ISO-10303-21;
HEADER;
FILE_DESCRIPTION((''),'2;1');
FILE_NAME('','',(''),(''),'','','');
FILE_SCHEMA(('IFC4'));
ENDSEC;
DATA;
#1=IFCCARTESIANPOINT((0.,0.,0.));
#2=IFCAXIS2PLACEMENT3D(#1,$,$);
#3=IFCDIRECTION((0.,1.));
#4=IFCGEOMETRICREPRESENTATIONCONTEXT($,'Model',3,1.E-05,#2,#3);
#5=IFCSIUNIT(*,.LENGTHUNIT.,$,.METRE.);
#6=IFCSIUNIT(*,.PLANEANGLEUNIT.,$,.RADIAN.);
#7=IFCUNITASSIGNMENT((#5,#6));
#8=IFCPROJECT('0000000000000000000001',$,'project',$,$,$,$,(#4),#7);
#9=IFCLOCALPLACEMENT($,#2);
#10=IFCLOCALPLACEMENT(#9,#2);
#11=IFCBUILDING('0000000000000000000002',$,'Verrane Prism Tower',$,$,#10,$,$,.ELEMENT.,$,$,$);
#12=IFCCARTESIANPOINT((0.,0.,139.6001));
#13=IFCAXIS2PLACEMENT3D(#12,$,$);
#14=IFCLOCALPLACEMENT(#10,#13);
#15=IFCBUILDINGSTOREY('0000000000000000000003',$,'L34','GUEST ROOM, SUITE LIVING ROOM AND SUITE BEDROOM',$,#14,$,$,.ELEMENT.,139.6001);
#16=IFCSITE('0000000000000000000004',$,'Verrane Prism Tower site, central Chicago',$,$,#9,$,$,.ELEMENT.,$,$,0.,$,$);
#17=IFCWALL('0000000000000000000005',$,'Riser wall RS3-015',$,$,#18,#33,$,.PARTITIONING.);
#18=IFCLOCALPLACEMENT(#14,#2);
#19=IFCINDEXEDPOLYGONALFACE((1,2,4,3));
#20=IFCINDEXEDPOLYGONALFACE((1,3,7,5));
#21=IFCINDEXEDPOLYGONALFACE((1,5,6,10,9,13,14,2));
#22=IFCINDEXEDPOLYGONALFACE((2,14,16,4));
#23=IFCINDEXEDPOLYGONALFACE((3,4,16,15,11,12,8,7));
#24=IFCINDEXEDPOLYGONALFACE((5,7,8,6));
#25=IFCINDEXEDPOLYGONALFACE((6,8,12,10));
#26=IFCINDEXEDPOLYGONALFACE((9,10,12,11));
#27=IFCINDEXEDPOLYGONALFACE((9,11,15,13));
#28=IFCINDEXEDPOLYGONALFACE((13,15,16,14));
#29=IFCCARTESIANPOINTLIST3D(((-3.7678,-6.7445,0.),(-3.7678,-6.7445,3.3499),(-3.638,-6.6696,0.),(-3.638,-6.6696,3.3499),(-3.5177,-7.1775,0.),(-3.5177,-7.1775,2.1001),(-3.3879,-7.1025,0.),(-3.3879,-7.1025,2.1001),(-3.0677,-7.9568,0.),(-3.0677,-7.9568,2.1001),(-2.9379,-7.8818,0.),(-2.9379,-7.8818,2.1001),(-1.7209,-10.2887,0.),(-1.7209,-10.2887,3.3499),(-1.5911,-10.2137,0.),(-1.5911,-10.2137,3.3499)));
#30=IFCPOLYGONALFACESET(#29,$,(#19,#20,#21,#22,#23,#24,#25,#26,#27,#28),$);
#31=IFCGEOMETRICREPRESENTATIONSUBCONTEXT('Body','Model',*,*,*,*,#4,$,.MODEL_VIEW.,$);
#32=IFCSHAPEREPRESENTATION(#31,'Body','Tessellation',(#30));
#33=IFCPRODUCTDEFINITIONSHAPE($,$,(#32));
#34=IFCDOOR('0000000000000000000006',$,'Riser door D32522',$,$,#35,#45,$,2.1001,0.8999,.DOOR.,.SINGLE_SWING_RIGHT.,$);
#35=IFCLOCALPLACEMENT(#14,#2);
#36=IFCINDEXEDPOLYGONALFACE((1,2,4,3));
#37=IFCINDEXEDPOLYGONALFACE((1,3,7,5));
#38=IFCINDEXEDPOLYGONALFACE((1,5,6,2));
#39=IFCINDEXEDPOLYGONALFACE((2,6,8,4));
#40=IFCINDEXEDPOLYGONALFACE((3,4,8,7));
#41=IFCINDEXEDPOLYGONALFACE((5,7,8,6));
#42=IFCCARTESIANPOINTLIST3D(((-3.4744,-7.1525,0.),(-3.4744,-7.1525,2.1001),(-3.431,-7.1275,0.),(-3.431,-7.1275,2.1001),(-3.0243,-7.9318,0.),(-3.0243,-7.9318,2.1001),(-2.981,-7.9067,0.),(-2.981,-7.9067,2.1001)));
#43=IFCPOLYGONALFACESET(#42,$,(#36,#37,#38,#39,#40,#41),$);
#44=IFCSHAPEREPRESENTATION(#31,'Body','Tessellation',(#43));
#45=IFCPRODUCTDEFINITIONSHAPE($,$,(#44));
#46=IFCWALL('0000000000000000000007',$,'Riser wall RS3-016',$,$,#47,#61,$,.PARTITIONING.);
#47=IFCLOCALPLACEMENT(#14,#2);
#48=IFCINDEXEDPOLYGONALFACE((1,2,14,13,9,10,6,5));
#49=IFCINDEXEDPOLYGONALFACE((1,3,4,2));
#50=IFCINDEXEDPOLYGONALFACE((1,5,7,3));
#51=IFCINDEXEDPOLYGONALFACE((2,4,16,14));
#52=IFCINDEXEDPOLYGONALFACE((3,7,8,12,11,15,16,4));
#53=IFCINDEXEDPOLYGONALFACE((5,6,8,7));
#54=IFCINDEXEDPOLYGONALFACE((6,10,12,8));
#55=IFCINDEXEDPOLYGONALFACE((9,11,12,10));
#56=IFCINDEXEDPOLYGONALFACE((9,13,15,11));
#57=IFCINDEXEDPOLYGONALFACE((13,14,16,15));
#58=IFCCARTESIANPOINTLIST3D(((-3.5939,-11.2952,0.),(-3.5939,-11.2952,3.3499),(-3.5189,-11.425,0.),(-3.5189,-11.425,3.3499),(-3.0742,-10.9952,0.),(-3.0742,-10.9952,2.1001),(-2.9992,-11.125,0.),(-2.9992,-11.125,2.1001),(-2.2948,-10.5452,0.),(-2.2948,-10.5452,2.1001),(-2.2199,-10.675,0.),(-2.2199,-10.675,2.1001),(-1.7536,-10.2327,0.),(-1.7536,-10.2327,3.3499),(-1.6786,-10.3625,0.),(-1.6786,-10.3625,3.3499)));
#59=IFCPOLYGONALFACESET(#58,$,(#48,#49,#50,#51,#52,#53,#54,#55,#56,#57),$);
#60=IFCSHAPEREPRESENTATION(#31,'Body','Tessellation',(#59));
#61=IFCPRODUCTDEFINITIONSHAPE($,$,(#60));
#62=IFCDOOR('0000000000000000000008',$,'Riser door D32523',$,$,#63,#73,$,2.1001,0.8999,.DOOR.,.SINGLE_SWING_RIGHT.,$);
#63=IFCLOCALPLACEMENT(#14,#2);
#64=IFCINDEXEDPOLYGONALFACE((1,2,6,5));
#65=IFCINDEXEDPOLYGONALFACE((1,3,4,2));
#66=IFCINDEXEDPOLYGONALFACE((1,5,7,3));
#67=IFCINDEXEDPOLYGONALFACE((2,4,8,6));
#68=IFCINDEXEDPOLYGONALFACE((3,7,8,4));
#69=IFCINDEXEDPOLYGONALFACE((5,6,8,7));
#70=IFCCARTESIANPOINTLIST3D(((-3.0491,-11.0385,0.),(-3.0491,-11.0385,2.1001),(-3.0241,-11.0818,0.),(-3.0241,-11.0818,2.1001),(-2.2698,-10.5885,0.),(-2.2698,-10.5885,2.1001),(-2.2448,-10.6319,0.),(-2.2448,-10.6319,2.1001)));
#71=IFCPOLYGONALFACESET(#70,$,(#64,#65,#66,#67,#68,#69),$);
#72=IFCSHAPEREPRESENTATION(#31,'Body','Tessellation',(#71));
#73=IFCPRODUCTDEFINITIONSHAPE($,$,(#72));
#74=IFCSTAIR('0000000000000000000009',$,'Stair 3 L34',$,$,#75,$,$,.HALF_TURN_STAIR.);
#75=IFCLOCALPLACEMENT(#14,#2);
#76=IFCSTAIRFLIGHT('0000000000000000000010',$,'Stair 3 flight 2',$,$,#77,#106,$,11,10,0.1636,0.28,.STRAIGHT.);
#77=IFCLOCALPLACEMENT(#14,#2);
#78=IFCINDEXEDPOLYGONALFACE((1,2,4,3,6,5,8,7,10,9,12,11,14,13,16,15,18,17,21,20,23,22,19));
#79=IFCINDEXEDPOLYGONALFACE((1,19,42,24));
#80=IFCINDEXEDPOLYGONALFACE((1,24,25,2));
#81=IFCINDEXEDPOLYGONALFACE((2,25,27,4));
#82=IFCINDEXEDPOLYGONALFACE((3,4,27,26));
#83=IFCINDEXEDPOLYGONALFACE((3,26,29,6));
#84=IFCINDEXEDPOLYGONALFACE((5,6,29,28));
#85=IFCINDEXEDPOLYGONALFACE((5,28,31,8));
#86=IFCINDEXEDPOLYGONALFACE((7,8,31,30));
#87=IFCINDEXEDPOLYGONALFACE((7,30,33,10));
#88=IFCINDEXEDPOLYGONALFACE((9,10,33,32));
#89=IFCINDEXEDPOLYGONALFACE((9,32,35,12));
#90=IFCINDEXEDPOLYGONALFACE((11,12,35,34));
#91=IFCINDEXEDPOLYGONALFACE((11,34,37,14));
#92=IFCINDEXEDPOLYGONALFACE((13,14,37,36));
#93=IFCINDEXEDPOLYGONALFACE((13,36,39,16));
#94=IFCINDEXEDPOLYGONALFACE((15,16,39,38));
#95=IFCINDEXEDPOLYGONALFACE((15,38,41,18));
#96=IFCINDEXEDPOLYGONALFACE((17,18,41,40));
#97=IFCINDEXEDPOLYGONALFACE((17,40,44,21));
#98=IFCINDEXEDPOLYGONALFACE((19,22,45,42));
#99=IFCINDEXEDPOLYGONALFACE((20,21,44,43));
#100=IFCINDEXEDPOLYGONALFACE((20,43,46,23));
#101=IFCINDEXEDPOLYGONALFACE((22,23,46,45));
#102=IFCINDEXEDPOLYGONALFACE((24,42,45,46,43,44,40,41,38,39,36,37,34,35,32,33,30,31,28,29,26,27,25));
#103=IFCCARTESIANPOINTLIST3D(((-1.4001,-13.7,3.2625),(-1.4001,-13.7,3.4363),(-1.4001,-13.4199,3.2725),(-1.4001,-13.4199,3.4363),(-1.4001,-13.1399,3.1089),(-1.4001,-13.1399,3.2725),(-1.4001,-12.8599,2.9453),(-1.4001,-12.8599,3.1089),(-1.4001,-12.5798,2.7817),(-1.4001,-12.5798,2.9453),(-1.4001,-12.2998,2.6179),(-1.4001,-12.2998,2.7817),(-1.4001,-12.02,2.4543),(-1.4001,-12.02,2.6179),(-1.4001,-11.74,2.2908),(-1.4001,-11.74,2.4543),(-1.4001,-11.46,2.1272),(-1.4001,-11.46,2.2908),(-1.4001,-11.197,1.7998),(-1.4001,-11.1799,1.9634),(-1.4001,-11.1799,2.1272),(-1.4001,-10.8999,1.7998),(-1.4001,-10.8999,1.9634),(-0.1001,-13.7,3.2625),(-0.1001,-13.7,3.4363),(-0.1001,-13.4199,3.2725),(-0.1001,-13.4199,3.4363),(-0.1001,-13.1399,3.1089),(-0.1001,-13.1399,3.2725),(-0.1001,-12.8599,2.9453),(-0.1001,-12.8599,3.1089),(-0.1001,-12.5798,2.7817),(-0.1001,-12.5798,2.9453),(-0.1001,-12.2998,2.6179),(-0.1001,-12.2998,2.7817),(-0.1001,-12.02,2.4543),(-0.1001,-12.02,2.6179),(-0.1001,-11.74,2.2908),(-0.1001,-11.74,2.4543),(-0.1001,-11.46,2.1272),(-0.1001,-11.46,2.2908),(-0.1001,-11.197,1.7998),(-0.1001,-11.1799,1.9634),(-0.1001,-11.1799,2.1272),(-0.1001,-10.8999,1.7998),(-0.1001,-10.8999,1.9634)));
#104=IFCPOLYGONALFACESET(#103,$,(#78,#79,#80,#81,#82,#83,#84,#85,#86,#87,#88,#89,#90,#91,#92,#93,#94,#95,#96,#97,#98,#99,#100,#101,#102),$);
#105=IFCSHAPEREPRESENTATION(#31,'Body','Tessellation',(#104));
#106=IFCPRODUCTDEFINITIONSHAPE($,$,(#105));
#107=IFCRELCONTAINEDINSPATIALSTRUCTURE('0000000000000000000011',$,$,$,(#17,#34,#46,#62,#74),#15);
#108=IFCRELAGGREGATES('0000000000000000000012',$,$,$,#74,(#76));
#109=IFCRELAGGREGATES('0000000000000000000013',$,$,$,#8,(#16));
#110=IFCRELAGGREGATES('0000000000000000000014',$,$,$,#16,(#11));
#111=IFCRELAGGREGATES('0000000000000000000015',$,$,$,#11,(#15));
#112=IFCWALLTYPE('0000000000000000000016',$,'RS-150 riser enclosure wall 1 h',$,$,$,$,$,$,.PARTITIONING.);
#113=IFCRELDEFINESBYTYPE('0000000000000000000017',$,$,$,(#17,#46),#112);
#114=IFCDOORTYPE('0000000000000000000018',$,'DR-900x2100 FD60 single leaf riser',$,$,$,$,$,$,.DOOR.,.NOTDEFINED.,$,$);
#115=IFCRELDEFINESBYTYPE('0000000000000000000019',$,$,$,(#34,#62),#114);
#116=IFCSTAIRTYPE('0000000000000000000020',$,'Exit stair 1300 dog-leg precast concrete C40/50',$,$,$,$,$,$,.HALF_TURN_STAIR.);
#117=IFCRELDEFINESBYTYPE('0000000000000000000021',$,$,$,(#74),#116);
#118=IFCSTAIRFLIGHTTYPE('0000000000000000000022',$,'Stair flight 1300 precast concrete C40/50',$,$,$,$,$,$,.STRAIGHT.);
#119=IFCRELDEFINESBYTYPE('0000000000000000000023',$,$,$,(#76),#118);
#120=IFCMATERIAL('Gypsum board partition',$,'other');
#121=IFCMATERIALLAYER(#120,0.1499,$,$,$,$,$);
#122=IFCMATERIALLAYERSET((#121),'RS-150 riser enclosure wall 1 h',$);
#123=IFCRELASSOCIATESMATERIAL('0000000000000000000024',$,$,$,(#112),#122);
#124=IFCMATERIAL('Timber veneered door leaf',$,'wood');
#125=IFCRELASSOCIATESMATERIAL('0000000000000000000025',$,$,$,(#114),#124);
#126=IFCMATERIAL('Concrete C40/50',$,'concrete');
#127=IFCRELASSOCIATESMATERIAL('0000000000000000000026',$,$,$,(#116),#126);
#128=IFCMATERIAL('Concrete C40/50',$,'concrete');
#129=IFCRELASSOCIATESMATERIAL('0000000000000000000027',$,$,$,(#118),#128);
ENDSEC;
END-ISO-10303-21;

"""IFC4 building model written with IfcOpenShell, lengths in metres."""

from ifc_helpers import new_model, si_unit, direction, frame, frame_2d, origin, place, context, subcontext, project, spatial, polyline, rectangle, outline, extrude, material, layer, layer_set, type_object, element, fill, aggregate, save


model = new_model("IFC4")

# Units and contexts
model_context = context("Model", 3, precision=1e-05, world=origin(), true_north=direction((0.0, 1.0)))
body_context = subcontext(model_context, "Body", "Model", "MODEL_VIEW")
ifc_project = project(units=[si_unit("LENGTHUNIT", "METRE"), si_unit("PLANEANGLEUNIT", "RADIAN")], contexts=[model_context])

# Site, building, storey
site_placement = place(None, origin())
site = spatial("IfcSite", under=ifc_project, at=site_placement, Name="Verrane Prism Tower site, central Chicago", CompositionType="ELEMENT", RefElevation=0.0)
building_placement = place(site_placement, origin())
building = spatial("IfcBuilding", under=site, at=building_placement, Name="Verrane Prism Tower", CompositionType="ELEMENT")
storey_placement = place(building_placement, frame((0.0, 0.0, 139.6001)))
storey = spatial("IfcBuildingStorey", under=building, at=storey_placement, Name="L34", Description="GUEST ROOM, SUITE LIVING ROOM AND SUITE BEDROOM", CompositionType="ELEMENT", Elevation=139.6001)

# Walls, openings, doors
ifc_material_1 = material(Name="Gypsum board partition", Category="other")
ifc_layer_1 = layer(ifc_material_1, 0.1499)
ifc_layer_set_1 = layer_set([ifc_layer_1], Name="RS-150 riser enclosure wall 1 h")
wall_type_1 = type_object("IfcWallType", Name="RS-150 riser enclosure wall 1 h", PredefinedType="PARTITIONING", material=ifc_layer_set_1)
wall_1_placement = place(storey_placement, frame((-1.656, -10.2512, 0.0), z_axis=(0.0, 0.0, 1.0), x_axis=(-0.500117, 0.865958, 0.0)))
wall_1 = element("IfcWall", 1, at=wall_1_placement, inside=storey, type_object=wall_type_1, Name="Riser wall RS3-015", PredefinedType="PARTITIONING", context=body_context, shape_type="SweptSolid", body=[
    extrude(rectangle(XDim=4.0928, YDim=0.1499, at=frame_2d((2.0464, 0.0))), origin(), (0.0, 0.0, 1.0), 3.3499),
])
opening_1_placement = place(wall_1_placement, frame((2.6929, 0.0, 0.0)))
opening_1 = element("IfcOpeningElement", 2, at=opening_1_placement, cuts=wall_1, PredefinedType="OPENING", context=body_context, shape_type="SweptSolid", body=[
    extrude(rectangle(XDim=0.8999, YDim=2.1001, at=frame_2d((0.45, 1.05))), frame((0.0, 0.085, 0.0), z_axis=(0.0, -1.0, 0.0), x_axis=(1.0, 0.0, 0.0)), (0.0, 0.0, 1.0), 0.1699),
])
ifc_material_2 = material(Name="Timber veneered door leaf", Category="wood")
door_type_1 = type_object("IfcDoorType", Name="DR-900x2100 FD60 single leaf riser", OperationType="NOTDEFINED", PredefinedType="DOOR", material=ifc_material_2)
door_1_placement = place(opening_1_placement, origin())
door_1 = element("IfcDoor", 3, at=door_1_placement, inside=storey, type_object=door_type_1, Name="Riser door D32522", OperationType="SINGLE_SWING_RIGHT", OverallHeight=2.1001, OverallWidth=0.8999, PredefinedType="DOOR", context=body_context, shape_type="SweptSolid", body=[
    extrude(rectangle(XDim=0.8999, YDim=2.1001, at=frame_2d((0.45, 1.05))), frame((0.0, 0.0249, 0.0), z_axis=(0.0, -1.0, 0.0), x_axis=(1.0, 0.0, 0.0)), (0.0, 0.0, 1.0), 0.05),
])
fill(opening_1, door_1)
wall_2_placement = place(storey_placement, frame((-3.5564, -11.3601, 0.0), z_axis=(0.0, 0.0, 1.0), x_axis=(0.866029, 0.499994, 0.0)))
wall_2 = element("IfcWall", 4, at=wall_2_placement, inside=storey, type_object=wall_type_1, Name="Riser wall RS3-016", PredefinedType="PARTITIONING", context=body_context, shape_type="SweptSolid", body=[
    extrude(rectangle(XDim=2.125, YDim=0.1499, at=frame_2d((1.0625, 0.0))), origin(), (0.0, 0.0, 1.0), 3.3499),
])
opening_2_placement = place(wall_2_placement, frame((0.6001, 0.0, 0.0)))
opening_2 = element("IfcOpeningElement", 5, at=opening_2_placement, cuts=wall_2, PredefinedType="OPENING", context=body_context, shape_type="SweptSolid", body=[
    extrude(rectangle(XDim=0.8999, YDim=2.1001, at=frame_2d((0.45, 1.05))), frame((0.0, 0.085, 0.0), z_axis=(0.0, -1.0, 0.0), x_axis=(1.0, 0.0, 0.0)), (0.0, 0.0, 1.0), 0.1699),
])
door_2_placement = place(opening_2_placement, origin())
door_2 = element("IfcDoor", 6, at=door_2_placement, inside=storey, type_object=door_type_1, Name="Riser door D32523", OperationType="SINGLE_SWING_RIGHT", OverallHeight=2.1001, OverallWidth=0.8999, PredefinedType="DOOR", context=body_context, shape_type="SweptSolid", body=[
    extrude(rectangle(XDim=0.8999, YDim=2.1001, at=frame_2d((0.45, 1.05))), frame((0.0, 0.0249, 0.0), z_axis=(0.0, -1.0, 0.0), x_axis=(1.0, 0.0, 0.0)), (0.0, 0.0, 1.0), 0.05),
])
fill(opening_2, door_2)

# Stair, stair flight
ifc_material_3 = material(Name="Concrete C40/50", Category="concrete")
stair_type = type_object("IfcStairType", Name="Exit stair 1300 dog-leg precast concrete C40/50", PredefinedType="HALF_TURN_STAIR", material=ifc_material_3)
stair_placement = place(storey_placement, origin())
stair = element("IfcStair", 7, at=stair_placement, inside=storey, type_object=stair_type, Name="Stair 3 L34", PredefinedType="HALF_TURN_STAIR")
ifc_material_4 = material(Name="Concrete C40/50", Category="concrete")
stair_flight_type = type_object("IfcStairFlightType", Name="Stair flight 1300 precast concrete C40/50", PredefinedType="STRAIGHT", material=ifc_material_4)
stair_flight_placement = place(storey_placement, frame((-0.75, -10.8999, 1.7998), z_axis=(0.0, 0.0, 1.0), x_axis=(0.0, -1.0, 0.0)))
stair_flight = element("IfcStairFlight", 8, at=stair_flight_placement, type_object=stair_flight_type, Name="Stair 3 flight 2", NumberOfRisers=11, NumberOfTreads=10, PredefinedType="STRAIGHT", RiserHeight=0.1636, TreadLength=0.28, context=body_context, shape_type="SweptSolid", body=[
    extrude(outline(polyline([(0.0, 0.0), (0.0, 0.1636), (0.28, 0.1636), (0.28, 0.3274), (0.5601, 0.3274), (0.5601, 0.491), (0.8401, 0.491), (0.8401, 0.6545), (1.1201, 0.6545), (1.1201, 0.8181), (1.3999, 0.8181), (1.3999, 0.9819), (1.6799, 0.9819), (1.6799, 1.1455), (1.96, 1.1455), (1.96, 1.3091), (2.24, 1.3091), (2.24, 1.4727), (2.52, 1.4727), (2.52, 1.6365), (2.8, 1.6365), (2.8, 1.8), (2.8, 1.4626), (0.2971, 0.0), (0.0, 0.0)])), frame((0.0, 0.6499, 0.0), z_axis=(0.0, -1.0, 0.0), x_axis=(1.0, 0.0, 0.0)), (0.0, 0.0, 1.0), 1.3),
])
aggregate(stair, [stair_flight])

save(model, "model.ifc")
